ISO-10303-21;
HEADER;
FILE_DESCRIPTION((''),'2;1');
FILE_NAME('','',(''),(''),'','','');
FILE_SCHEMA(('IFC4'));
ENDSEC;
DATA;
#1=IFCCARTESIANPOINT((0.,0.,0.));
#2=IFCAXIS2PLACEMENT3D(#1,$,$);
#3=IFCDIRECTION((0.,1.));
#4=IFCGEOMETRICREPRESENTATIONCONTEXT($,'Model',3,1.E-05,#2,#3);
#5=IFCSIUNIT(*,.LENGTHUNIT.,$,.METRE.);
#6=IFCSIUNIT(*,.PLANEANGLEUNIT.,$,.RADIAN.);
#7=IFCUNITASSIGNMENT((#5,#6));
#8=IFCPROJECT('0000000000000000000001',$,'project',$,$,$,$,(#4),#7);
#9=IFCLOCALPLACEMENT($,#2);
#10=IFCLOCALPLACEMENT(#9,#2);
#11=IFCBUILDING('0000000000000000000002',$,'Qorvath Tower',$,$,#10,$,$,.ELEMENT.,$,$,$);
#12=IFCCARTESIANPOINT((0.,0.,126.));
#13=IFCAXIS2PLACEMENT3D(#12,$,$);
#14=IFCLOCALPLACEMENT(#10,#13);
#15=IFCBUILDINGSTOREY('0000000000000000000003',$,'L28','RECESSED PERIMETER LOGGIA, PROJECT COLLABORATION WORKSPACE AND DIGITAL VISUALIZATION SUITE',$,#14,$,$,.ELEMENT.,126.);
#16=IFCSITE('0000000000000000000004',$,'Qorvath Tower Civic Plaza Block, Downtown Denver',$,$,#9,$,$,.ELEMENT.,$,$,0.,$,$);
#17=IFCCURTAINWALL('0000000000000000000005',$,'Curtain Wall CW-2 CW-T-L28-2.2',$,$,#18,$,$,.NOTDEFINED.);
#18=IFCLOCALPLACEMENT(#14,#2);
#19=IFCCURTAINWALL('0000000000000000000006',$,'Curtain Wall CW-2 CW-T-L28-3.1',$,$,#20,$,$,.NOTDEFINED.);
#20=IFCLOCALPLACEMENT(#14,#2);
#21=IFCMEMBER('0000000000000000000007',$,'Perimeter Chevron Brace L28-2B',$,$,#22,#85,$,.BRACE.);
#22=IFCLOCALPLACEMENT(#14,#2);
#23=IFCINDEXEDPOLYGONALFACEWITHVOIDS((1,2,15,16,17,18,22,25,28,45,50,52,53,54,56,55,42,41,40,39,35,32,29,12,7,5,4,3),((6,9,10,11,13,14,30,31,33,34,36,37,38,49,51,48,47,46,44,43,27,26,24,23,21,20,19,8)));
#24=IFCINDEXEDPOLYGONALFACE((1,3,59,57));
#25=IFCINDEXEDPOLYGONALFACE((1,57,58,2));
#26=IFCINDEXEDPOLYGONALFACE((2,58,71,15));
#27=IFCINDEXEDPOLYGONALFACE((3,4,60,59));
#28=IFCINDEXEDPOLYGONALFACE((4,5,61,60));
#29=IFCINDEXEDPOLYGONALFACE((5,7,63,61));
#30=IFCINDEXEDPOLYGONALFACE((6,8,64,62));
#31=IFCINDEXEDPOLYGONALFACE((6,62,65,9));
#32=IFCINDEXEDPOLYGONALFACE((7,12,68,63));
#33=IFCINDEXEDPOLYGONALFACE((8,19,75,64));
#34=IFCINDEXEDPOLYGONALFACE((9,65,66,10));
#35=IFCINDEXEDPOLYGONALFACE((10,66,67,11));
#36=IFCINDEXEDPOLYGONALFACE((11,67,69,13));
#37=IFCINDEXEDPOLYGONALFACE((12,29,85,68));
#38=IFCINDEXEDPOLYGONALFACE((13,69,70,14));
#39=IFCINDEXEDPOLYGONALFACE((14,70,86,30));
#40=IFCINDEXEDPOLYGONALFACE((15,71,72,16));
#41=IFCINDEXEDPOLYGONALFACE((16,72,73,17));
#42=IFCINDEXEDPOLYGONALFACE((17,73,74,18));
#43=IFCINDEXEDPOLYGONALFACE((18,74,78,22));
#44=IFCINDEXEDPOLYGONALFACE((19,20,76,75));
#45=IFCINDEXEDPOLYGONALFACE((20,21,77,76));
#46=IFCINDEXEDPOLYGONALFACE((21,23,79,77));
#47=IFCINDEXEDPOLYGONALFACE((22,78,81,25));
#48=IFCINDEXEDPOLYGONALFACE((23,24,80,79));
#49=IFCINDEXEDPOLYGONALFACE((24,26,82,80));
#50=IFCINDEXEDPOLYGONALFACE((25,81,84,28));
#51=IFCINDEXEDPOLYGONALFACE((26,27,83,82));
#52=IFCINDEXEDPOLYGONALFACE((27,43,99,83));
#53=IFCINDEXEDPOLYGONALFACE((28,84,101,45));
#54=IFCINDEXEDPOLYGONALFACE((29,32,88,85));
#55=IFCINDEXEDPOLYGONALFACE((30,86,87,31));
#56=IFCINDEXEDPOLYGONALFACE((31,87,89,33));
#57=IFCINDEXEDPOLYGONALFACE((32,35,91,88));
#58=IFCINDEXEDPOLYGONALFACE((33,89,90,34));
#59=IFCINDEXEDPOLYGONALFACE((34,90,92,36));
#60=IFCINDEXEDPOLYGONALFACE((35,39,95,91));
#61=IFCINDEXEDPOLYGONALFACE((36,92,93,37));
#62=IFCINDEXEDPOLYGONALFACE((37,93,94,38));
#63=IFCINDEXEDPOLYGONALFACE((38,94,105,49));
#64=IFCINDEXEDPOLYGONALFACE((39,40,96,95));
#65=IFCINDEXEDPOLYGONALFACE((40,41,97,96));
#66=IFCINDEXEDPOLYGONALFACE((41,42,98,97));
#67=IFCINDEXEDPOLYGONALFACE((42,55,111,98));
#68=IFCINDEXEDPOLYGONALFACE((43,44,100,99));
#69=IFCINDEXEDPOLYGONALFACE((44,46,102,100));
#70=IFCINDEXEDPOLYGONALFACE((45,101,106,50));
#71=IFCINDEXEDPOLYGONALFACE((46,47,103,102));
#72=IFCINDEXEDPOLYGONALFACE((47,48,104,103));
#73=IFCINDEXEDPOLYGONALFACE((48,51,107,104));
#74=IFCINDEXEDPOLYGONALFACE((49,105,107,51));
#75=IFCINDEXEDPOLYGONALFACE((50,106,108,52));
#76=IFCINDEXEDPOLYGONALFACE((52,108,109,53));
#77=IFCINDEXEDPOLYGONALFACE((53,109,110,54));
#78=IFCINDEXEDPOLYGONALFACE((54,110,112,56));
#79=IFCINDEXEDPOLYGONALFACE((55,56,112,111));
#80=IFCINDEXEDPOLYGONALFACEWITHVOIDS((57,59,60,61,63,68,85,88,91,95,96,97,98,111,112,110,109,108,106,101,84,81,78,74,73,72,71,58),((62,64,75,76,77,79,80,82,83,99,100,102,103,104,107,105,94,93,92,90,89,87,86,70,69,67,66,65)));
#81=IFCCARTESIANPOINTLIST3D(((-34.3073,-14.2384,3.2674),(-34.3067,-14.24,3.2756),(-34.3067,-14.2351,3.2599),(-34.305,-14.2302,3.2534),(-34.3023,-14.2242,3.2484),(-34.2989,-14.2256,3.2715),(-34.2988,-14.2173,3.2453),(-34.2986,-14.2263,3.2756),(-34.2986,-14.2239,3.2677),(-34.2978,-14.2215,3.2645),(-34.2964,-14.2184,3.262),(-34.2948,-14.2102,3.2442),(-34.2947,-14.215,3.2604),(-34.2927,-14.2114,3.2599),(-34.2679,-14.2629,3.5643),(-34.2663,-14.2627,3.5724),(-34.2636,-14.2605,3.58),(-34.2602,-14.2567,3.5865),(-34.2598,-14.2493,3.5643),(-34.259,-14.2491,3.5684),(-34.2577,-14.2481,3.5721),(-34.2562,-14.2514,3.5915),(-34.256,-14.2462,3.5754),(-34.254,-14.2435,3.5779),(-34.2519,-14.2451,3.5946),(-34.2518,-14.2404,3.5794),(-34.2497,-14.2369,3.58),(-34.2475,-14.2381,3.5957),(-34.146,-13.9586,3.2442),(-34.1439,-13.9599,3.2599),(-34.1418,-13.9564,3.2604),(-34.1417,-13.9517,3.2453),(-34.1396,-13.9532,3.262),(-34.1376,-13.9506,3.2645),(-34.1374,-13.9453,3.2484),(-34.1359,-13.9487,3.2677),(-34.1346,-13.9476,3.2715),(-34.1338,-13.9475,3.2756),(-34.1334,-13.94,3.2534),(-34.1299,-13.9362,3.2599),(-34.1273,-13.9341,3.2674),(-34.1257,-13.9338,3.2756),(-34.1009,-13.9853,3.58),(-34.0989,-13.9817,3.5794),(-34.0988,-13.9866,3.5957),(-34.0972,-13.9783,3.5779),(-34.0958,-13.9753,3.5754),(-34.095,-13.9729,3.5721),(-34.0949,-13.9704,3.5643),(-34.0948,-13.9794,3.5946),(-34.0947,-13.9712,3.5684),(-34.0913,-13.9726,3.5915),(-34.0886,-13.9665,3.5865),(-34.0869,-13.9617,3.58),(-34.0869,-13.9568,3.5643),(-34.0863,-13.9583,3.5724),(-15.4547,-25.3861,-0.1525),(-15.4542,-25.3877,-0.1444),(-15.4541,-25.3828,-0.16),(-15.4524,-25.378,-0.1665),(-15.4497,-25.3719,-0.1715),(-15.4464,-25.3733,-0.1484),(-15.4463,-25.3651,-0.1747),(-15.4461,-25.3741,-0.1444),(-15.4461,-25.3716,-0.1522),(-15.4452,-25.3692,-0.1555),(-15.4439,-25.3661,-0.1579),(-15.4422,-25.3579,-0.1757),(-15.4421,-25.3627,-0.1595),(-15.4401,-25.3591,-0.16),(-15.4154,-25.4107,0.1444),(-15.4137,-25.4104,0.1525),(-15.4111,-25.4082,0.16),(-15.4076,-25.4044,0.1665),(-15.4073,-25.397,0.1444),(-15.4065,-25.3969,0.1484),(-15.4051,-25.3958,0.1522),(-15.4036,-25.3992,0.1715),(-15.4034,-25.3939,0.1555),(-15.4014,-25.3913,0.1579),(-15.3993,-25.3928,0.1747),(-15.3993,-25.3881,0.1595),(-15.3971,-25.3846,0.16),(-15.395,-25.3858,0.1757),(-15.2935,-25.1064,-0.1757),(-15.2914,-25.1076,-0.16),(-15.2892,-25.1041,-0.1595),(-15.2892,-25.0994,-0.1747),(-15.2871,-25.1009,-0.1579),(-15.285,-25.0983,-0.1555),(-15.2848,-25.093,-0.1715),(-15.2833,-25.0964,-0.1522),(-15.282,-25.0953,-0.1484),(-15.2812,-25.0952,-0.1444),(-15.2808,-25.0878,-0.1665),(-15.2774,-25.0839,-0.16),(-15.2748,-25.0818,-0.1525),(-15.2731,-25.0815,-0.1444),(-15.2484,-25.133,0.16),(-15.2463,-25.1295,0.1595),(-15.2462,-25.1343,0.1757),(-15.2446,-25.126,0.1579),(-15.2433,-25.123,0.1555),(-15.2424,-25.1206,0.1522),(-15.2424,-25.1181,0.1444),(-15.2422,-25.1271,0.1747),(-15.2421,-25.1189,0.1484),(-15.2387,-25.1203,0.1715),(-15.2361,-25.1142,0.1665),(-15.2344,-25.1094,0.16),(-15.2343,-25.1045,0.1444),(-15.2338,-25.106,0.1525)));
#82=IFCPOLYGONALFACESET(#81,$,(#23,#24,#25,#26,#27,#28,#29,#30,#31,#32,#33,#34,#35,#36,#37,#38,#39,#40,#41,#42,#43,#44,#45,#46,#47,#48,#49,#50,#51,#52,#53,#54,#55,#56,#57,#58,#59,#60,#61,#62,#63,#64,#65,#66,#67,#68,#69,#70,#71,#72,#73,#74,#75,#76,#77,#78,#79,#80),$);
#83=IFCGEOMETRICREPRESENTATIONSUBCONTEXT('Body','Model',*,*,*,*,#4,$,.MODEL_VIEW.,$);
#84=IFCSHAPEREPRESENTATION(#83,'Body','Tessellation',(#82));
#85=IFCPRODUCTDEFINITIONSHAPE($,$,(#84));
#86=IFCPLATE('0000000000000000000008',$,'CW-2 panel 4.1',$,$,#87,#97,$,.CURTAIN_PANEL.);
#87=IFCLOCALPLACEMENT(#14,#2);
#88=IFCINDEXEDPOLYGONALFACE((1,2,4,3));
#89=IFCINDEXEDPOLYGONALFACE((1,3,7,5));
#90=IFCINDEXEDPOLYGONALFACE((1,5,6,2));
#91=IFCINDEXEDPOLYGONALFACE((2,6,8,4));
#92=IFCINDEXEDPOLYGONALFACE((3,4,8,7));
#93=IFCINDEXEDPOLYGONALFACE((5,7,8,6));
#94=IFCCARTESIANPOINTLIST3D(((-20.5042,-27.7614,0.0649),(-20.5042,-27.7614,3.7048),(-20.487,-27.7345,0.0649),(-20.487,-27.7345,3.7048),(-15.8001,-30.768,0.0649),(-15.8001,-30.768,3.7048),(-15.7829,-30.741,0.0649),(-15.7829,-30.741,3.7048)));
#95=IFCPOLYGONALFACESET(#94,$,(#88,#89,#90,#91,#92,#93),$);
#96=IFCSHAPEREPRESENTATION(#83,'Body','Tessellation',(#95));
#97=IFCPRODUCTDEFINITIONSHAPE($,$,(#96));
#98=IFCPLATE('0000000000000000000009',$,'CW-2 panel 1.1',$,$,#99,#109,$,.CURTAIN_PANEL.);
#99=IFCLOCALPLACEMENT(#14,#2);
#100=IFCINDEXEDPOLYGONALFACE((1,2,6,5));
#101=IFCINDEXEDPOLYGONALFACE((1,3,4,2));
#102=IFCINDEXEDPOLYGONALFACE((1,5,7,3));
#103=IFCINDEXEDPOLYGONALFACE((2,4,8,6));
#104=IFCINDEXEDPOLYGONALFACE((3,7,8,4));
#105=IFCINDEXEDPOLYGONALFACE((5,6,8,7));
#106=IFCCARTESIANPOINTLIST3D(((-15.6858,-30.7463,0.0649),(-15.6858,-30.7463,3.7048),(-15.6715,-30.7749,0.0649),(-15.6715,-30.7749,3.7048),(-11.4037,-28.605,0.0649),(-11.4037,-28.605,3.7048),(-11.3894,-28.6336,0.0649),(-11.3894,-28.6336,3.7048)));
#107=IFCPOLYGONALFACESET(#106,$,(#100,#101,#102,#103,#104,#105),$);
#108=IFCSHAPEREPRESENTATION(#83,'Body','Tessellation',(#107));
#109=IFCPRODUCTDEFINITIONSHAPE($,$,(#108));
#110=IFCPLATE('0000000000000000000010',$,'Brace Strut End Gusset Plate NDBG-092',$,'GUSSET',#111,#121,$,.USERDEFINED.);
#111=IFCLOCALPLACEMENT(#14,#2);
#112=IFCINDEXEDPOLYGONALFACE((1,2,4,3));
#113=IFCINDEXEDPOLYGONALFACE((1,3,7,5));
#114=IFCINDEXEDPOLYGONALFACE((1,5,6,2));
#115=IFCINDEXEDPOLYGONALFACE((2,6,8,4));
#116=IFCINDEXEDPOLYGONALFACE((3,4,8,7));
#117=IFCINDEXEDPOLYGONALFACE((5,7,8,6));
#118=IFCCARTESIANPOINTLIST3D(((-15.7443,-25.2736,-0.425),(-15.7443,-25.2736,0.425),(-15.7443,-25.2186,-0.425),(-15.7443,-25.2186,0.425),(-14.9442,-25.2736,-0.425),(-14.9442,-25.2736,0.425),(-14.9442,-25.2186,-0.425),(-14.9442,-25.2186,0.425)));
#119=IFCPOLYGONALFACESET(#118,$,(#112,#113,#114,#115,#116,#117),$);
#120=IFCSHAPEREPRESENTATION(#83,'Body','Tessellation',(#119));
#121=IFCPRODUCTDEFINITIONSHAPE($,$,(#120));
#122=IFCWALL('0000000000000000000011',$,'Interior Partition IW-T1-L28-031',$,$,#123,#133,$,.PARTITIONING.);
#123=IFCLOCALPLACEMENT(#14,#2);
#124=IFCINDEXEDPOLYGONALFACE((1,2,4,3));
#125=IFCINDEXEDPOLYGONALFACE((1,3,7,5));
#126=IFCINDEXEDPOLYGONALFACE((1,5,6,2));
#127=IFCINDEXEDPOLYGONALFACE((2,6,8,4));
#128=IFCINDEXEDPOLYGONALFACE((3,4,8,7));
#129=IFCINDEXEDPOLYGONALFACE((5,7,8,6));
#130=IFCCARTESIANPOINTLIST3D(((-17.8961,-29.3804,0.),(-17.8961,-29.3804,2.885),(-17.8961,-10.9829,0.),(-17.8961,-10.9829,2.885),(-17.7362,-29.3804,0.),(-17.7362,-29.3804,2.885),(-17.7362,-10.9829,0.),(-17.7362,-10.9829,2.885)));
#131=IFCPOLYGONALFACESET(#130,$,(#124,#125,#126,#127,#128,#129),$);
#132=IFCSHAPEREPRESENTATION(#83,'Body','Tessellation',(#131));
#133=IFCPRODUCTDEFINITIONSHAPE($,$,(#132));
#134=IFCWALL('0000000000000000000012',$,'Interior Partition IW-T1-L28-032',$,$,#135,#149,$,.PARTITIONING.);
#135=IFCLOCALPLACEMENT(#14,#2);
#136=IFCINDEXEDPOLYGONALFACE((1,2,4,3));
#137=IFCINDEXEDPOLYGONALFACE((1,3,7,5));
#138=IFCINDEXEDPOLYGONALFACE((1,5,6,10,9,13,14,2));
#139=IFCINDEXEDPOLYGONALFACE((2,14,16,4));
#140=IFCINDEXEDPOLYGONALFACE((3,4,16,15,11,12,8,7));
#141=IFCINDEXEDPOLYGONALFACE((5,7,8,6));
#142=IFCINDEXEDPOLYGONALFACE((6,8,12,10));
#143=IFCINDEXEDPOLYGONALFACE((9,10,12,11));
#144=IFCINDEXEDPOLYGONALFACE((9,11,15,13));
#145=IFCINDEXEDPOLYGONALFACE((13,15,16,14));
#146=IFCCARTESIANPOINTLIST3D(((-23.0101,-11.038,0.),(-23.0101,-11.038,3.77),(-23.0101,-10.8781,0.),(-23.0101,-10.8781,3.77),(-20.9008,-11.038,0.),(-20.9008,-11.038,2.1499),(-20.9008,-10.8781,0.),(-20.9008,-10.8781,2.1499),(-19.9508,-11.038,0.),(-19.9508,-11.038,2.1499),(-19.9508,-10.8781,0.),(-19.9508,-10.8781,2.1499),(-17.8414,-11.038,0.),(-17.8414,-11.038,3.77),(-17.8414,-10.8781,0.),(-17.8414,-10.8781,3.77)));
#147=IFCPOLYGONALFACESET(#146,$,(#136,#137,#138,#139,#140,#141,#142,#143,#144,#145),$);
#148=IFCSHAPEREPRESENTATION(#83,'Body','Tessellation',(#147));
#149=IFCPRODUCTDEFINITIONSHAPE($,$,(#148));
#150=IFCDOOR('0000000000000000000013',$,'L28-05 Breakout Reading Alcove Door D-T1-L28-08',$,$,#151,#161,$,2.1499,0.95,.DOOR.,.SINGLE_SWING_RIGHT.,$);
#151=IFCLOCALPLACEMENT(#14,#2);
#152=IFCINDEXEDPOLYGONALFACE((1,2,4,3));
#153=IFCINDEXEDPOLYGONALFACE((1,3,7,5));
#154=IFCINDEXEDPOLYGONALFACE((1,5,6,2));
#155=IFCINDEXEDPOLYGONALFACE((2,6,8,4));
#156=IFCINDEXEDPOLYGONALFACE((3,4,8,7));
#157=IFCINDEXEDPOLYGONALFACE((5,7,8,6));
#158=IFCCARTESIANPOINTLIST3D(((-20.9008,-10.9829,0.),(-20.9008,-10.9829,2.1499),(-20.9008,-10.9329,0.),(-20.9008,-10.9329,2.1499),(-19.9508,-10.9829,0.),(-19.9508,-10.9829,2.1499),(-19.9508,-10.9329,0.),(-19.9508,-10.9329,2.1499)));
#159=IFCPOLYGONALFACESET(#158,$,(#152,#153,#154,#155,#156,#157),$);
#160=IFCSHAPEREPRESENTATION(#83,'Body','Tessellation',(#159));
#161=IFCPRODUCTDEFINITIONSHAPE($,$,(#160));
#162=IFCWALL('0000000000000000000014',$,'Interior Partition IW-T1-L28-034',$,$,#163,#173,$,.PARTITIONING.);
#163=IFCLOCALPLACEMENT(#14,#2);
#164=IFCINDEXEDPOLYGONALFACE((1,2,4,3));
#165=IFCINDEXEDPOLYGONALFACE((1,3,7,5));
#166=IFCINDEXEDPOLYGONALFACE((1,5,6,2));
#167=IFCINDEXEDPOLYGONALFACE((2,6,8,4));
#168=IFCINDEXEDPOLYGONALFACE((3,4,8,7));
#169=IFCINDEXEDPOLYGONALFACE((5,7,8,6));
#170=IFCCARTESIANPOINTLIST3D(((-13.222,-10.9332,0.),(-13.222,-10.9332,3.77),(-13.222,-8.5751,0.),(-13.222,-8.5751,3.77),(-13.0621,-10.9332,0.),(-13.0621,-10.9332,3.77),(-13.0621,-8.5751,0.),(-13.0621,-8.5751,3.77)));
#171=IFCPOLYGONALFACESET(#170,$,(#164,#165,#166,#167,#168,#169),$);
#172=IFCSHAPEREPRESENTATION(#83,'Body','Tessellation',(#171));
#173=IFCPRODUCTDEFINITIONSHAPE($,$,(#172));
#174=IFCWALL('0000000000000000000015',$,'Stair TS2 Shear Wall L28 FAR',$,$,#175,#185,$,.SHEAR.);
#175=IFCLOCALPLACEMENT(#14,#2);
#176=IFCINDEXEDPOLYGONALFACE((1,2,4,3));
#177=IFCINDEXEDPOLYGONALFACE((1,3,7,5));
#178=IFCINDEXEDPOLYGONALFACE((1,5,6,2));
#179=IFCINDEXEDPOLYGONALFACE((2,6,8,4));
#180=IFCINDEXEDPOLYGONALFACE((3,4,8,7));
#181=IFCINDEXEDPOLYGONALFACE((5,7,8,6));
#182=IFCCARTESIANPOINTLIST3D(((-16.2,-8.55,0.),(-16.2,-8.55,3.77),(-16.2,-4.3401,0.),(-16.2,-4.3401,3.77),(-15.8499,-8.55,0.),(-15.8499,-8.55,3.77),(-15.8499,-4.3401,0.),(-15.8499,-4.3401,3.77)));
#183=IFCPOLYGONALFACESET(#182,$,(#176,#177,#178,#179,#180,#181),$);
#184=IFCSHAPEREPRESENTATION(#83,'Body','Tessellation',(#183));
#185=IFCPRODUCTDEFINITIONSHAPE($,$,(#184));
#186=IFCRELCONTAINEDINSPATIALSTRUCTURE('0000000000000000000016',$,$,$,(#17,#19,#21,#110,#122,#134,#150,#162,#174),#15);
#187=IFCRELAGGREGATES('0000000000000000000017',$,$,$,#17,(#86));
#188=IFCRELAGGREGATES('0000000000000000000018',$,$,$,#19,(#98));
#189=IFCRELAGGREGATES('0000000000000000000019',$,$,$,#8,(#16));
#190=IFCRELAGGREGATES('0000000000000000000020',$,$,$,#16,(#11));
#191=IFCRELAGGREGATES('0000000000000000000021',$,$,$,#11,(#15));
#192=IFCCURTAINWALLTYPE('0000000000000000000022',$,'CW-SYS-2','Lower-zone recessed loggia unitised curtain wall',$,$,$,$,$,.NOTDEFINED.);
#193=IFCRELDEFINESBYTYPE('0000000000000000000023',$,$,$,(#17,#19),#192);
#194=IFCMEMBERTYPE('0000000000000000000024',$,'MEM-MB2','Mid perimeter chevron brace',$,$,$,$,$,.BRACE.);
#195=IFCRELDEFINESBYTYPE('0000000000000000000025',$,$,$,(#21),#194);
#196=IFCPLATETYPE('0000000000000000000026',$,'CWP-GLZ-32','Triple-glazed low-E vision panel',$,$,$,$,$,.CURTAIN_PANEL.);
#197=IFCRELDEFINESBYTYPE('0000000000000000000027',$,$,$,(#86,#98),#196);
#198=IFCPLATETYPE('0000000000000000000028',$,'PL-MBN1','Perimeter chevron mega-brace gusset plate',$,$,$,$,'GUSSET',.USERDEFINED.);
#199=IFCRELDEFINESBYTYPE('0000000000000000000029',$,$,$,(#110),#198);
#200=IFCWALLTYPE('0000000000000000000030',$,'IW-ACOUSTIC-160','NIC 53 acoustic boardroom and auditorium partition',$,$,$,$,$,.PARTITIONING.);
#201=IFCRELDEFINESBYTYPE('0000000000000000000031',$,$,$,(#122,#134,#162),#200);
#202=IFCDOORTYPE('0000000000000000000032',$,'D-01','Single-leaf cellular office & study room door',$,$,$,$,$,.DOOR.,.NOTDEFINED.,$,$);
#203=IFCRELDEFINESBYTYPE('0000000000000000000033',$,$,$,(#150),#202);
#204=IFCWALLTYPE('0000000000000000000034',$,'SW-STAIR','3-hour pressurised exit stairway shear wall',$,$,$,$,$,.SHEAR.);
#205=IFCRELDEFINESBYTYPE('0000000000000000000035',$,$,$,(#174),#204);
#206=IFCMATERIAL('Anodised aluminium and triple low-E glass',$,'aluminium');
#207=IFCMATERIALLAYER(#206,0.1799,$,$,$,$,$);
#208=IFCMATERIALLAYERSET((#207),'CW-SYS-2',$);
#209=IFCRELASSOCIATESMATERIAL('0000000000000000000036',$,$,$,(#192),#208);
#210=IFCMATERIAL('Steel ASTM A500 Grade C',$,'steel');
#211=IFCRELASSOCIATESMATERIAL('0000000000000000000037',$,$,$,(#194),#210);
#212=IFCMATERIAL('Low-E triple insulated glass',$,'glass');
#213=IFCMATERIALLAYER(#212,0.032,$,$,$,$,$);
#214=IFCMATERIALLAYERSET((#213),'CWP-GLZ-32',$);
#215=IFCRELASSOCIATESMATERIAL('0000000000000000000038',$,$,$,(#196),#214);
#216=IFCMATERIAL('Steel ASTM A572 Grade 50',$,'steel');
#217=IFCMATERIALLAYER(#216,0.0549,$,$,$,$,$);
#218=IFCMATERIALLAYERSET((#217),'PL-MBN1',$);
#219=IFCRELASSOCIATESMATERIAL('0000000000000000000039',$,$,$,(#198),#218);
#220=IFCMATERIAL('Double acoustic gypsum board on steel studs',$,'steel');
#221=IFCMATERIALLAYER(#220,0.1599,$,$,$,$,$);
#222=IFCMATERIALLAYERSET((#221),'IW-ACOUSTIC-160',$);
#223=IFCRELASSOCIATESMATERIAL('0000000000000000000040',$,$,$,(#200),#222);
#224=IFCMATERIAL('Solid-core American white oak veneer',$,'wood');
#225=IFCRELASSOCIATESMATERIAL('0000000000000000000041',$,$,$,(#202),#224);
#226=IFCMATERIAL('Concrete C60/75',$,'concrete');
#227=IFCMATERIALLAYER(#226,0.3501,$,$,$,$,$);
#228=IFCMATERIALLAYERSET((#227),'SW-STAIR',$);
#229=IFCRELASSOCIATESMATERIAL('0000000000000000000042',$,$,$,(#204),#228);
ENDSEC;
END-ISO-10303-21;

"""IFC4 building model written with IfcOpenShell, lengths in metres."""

from ifc_helpers import new_model, si_unit, direction, frame, frame_2d, origin, origin_2d, place, context, subcontext, project, spatial, rectangle, hollow_rectangle, extrude, material, layer, layer_set, material_profile, profile_set, type_object, element, fill, aggregate, save


model = new_model("IFC4")

# Units and contexts
model_context = context("Model", 3, precision=1e-05, world=origin(), true_north=direction((0.0, 1.0)))
body_context = subcontext(model_context, "Body", "Model", "MODEL_VIEW")
ifc_project = project(units=[si_unit("LENGTHUNIT", "METRE"), si_unit("PLANEANGLEUNIT", "RADIAN")], contexts=[model_context])

# Site, building, storey
site_placement = place(None, origin())
site = spatial("IfcSite", under=ifc_project, at=site_placement, Name="Qorvath Tower Civic Plaza Block, Downtown Denver", CompositionType="ELEMENT", RefElevation=0.0)
building_placement = place(site_placement, origin())
building = spatial("IfcBuilding", under=site, at=building_placement, Name="Qorvath Tower", CompositionType="ELEMENT")
storey_placement = place(building_placement, frame((0.0, 0.0, 126.0)))
storey = spatial("IfcBuildingStorey", under=building, at=storey_placement, Name="L28", Description="RECESSED PERIMETER LOGGIA, PROJECT COLLABORATION WORKSPACE AND DIGITAL VISUALIZATION SUITE", CompositionType="ELEMENT", Elevation=126.0)

# Curtain walls
ifc_material_1 = material(Name="Anodised aluminium and triple low-E glass", Category="aluminium")
ifc_layer_1 = layer(ifc_material_1, 0.1799)
ifc_layer_set_1 = layer_set([ifc_layer_1], Name="CW-SYS-2")
curtain_wall_type = type_object("IfcCurtainWallType", Name="CW-SYS-2", Description="Lower-zone recessed loggia unitised curtain wall", PredefinedType="NOTDEFINED", material=ifc_layer_set_1)
curtain_wall_1_placement = place(storey_placement, origin())
curtain_wall_1 = element("IfcCurtainWall", 1, at=curtain_wall_1_placement, inside=storey, type_object=curtain_wall_type, Name="Curtain Wall CW-2 CW-T-L28-2.2", PredefinedType="NOTDEFINED")
curtain_wall_2_placement = place(storey_placement, origin())
curtain_wall_2 = element("IfcCurtainWall", 2, at=curtain_wall_2_placement, inside=storey, type_object=curtain_wall_type, Name="Curtain Wall CW-2 CW-T-L28-3.1", PredefinedType="NOTDEFINED")

# Member
ifc_material_2 = material(Name="Steel ASTM A500 Grade C", Category="steel")
ifc_material_profile_1 = material_profile(ifc_material_2, hollow_rectangle(XDim=0.3557, YDim=0.3557, WallThickness=0.0159, InnerFilletRadius=0.0159, OuterFilletRadius=0.0317, at=origin_2d()), Name="HSS 356x356x16")
ifc_profile_set_1 = profile_set([ifc_material_profile_1], Name="Steel ASTM A500 Grade C")
member_type_1 = type_object("IfcMemberType", Name="MEM-MB2", Description="Mid perimeter chevron brace", PredefinedType="BRACE", material=ifc_profile_set_1)
member_1_placement = place(storey_placement, frame((-15.3442, -25.2461, 0.0), z_axis=(-0.850469, 0.502892, 0.154278), x_axis=(-0.508985, -0.860775, 0.0)))
element("IfcMember", 3, at=member_1_placement, inside=storey, type_object=member_type_1, Name="Perimeter Chevron Brace L28-2B", PredefinedType="BRACE", context=body_context, shape_type="SweptSolid", body=[
    extrude(hollow_rectangle(XDim=0.3557, YDim=0.3557, WallThickness=0.0159, InnerFilletRadius=0.0159, OuterFilletRadius=0.0317, at=origin_2d()), origin(), (0.0, 0.0, 1.0), 22.1672),
])

# Plates
ifc_material_3 = material(Name="Low-E triple insulated glass", Category="glass")
ifc_layer_2 = layer(ifc_material_3, 0.032)
ifc_layer_set_2 = layer_set([ifc_layer_2], Name="CWP-GLZ-32")
plate_type_1 = type_object("IfcPlateType", Name="CWP-GLZ-32", Description="Triple-glazed low-E vision panel", PredefinedType="CURTAIN_PANEL", material=ifc_layer_set_2)
plate_1_placement = place(storey_placement, frame((-18.1436, -29.2512, 0.0649), z_axis=(0.0, 0.0, 1.0), x_axis=(0.842602, -0.538536, 0.0)))
plate_1 = element("IfcPlate", 4, at=plate_1_placement, type_object=plate_type_1, Name="CW-2 panel 4.1", PredefinedType="CURTAIN_PANEL", context=body_context, shape_type="SweptSolid", body=[
    extrude(rectangle(XDim=5.5828, YDim=0.032, at=origin_2d()), origin(), (0.0, 0.0, 1.0), 3.6399),
])
aggregate(curtain_wall_1, [plate_1])
plate_2_placement = place(storey_placement, frame((-13.5376, -29.6899, 0.0649), z_axis=(0.0, 0.0, 1.0), x_axis=(0.894403, 0.447262, 0.0)))
plate_2 = element("IfcPlate", 5, at=plate_2_placement, type_object=plate_type_1, Name="CW-2 panel 1.1", PredefinedType="CURTAIN_PANEL", context=body_context, shape_type="SweptSolid", body=[
    extrude(rectangle(XDim=4.7876, YDim=0.032, at=origin_2d()), origin(), (0.0, 0.0, 1.0), 3.6399),
])
aggregate(curtain_wall_2, [plate_2])
ifc_material_4 = material(Name="Steel ASTM A572 Grade 50", Category="steel")
ifc_layer_3 = layer(ifc_material_4, 0.0549)
ifc_layer_set_3 = layer_set([ifc_layer_3], Name="PL-MBN1")
plate_type_2 = type_object("IfcPlateType", Name="PL-MBN1", Description="Perimeter chevron mega-brace gusset plate", ElementType="GUSSET", PredefinedType="USERDEFINED", material=ifc_layer_set_3)
plate_3_placement = place(storey_placement, frame((-15.3442, -25.2461, -0.425), z_axis=(0.0, 0.0, 1.0), x_axis=(1.0, 0.0, 0.0)))
element("IfcPlate", 6, at=plate_3_placement, inside=storey, type_object=plate_type_2, Name="Brace Strut End Gusset Plate NDBG-092", ObjectType="GUSSET", PredefinedType="USERDEFINED", context=body_context, shape_type="SweptSolid", body=[
    extrude(rectangle(XDim=0.8, YDim=0.0549, at=origin_2d()), origin(), (0.0, 0.0, 1.0), 0.8501),
])

# Wall
ifc_material_5 = material(Name="Double acoustic gypsum board on steel studs", Category="steel")
ifc_layer_4 = layer(ifc_material_5, 0.1599)
ifc_layer_set_4 = layer_set([ifc_layer_4], Name="IW-ACOUSTIC-160")
wall_type_1 = type_object("IfcWallType", Name="IW-ACOUSTIC-160", Description="NIC 53 acoustic boardroom and auditorium partition", PredefinedType="PARTITIONING", material=ifc_layer_set_4)
wall_1_placement = place(storey_placement, frame((-17.8162, -29.3804, 0.0), z_axis=(0.0, 0.0, 1.0), x_axis=(0.0, 1.0, 0.0)))
element("IfcWall", 7, at=wall_1_placement, inside=storey, type_object=wall_type_1, Name="Interior Partition IW-T1-L28-031", PredefinedType="PARTITIONING", context=body_context, shape_type="SweptSolid", body=[
    extrude(rectangle(XDim=18.3975, YDim=0.1599, at=frame_2d((9.1987, 0.0))), origin(), (0.0, 0.0, 1.0), 2.885),
])

# Wall, opening, door
wall_2_placement = place(storey_placement, frame((-17.8413, -10.958, 0.0), z_axis=(0.0, 0.0, 1.0), x_axis=(-1.0, 0.0, 0.0)))
wall_2 = element("IfcWall", 8, at=wall_2_placement, inside=storey, type_object=wall_type_1, Name="Interior Partition IW-T1-L28-032", PredefinedType="PARTITIONING", context=body_context, shape_type="SweptSolid", body=[
    extrude(rectangle(XDim=5.1687, YDim=0.1599, at=frame_2d((2.5845, 0.0))), origin(), (0.0, 0.0, 1.0), 3.77),
])
opening_1_placement = place(wall_2_placement, frame((2.1094, 0.0, 0.0)))
opening_1 = element("IfcOpeningElement", 9, at=opening_1_placement, cuts=wall_2, PredefinedType="OPENING", context=body_context, shape_type="SweptSolid", body=[
    extrude(rectangle(XDim=0.95, YDim=2.1499, at=frame_2d((0.4751, 1.075))), frame((0.0, 0.0898, 0.0), z_axis=(0.0, -1.0, 0.0), x_axis=(1.0, 0.0, 0.0)), (0.0, 0.0, 1.0), 0.1799),
])
ifc_material_6 = material(Name="Solid-core American white oak veneer", Category="wood")
door_type_1 = type_object("IfcDoorType", Name="D-01", Description="Single-leaf cellular office & study room door", OperationType="NOTDEFINED", PredefinedType="DOOR", material=ifc_material_6)
door_1_placement = place(opening_1_placement, origin())
door_1 = element("IfcDoor", 10, at=door_1_placement, inside=storey, type_object=door_type_1, Name="L28-05 Breakout Reading Alcove Door D-T1-L28-08", OperationType="SINGLE_SWING_RIGHT", OverallHeight=2.1499, OverallWidth=0.95, PredefinedType="DOOR", context=body_context, shape_type="SweptSolid", body=[
    extrude(rectangle(XDim=0.95, YDim=2.1499, at=frame_2d((0.4751, 1.075))), frame((0.0, 0.0249, 0.0), z_axis=(0.0, -1.0, 0.0), x_axis=(1.0, 0.0, 0.0)), (0.0, 0.0, 1.0), 0.05),
])
fill(opening_1, door_1)

# Wall
wall_3_placement = place(storey_placement, frame((-13.1421, -8.575, 0.0), z_axis=(0.0, 0.0, 1.0), x_axis=(0.0, -1.0, 0.0)))
element("IfcWall", 11, at=wall_3_placement, inside=storey, type_object=wall_type_1, Name="Interior Partition IW-T1-L28-034", PredefinedType="PARTITIONING", context=body_context, shape_type="SweptSolid", body=[
    extrude(rectangle(XDim=2.3582, YDim=0.1599, at=frame_2d((1.1792, 0.0))), origin(), (0.0, 0.0, 1.0), 3.77),
])

# Wall
ifc_material_7 = material(Name="Concrete C60/75", Category="concrete")
ifc_layer_5 = layer(ifc_material_7, 0.3501)
ifc_layer_set_5 = layer_set([ifc_layer_5], Name="SW-STAIR")
wall_type_2 = type_object("IfcWallType", Name="SW-STAIR", Description="3-hour pressurised exit stairway shear wall", PredefinedType="SHEAR", material=ifc_layer_set_5)
wall_4_placement = place(storey_placement, frame((-16.0249, -8.55, 0.0), z_axis=(0.0, 0.0, 1.0), x_axis=(0.0, 1.0, 0.0)))
element("IfcWall", 12, at=wall_4_placement, inside=storey, type_object=wall_type_2, Name="Stair TS2 Shear Wall L28 FAR", PredefinedType="SHEAR", context=body_context, shape_type="SweptSolid", body=[
    extrude(rectangle(XDim=4.21, YDim=0.3501, at=frame_2d((2.105, 0.0))), origin(), (0.0, 0.0, 1.0), 3.77),
])

save(model, "model.ifc")
